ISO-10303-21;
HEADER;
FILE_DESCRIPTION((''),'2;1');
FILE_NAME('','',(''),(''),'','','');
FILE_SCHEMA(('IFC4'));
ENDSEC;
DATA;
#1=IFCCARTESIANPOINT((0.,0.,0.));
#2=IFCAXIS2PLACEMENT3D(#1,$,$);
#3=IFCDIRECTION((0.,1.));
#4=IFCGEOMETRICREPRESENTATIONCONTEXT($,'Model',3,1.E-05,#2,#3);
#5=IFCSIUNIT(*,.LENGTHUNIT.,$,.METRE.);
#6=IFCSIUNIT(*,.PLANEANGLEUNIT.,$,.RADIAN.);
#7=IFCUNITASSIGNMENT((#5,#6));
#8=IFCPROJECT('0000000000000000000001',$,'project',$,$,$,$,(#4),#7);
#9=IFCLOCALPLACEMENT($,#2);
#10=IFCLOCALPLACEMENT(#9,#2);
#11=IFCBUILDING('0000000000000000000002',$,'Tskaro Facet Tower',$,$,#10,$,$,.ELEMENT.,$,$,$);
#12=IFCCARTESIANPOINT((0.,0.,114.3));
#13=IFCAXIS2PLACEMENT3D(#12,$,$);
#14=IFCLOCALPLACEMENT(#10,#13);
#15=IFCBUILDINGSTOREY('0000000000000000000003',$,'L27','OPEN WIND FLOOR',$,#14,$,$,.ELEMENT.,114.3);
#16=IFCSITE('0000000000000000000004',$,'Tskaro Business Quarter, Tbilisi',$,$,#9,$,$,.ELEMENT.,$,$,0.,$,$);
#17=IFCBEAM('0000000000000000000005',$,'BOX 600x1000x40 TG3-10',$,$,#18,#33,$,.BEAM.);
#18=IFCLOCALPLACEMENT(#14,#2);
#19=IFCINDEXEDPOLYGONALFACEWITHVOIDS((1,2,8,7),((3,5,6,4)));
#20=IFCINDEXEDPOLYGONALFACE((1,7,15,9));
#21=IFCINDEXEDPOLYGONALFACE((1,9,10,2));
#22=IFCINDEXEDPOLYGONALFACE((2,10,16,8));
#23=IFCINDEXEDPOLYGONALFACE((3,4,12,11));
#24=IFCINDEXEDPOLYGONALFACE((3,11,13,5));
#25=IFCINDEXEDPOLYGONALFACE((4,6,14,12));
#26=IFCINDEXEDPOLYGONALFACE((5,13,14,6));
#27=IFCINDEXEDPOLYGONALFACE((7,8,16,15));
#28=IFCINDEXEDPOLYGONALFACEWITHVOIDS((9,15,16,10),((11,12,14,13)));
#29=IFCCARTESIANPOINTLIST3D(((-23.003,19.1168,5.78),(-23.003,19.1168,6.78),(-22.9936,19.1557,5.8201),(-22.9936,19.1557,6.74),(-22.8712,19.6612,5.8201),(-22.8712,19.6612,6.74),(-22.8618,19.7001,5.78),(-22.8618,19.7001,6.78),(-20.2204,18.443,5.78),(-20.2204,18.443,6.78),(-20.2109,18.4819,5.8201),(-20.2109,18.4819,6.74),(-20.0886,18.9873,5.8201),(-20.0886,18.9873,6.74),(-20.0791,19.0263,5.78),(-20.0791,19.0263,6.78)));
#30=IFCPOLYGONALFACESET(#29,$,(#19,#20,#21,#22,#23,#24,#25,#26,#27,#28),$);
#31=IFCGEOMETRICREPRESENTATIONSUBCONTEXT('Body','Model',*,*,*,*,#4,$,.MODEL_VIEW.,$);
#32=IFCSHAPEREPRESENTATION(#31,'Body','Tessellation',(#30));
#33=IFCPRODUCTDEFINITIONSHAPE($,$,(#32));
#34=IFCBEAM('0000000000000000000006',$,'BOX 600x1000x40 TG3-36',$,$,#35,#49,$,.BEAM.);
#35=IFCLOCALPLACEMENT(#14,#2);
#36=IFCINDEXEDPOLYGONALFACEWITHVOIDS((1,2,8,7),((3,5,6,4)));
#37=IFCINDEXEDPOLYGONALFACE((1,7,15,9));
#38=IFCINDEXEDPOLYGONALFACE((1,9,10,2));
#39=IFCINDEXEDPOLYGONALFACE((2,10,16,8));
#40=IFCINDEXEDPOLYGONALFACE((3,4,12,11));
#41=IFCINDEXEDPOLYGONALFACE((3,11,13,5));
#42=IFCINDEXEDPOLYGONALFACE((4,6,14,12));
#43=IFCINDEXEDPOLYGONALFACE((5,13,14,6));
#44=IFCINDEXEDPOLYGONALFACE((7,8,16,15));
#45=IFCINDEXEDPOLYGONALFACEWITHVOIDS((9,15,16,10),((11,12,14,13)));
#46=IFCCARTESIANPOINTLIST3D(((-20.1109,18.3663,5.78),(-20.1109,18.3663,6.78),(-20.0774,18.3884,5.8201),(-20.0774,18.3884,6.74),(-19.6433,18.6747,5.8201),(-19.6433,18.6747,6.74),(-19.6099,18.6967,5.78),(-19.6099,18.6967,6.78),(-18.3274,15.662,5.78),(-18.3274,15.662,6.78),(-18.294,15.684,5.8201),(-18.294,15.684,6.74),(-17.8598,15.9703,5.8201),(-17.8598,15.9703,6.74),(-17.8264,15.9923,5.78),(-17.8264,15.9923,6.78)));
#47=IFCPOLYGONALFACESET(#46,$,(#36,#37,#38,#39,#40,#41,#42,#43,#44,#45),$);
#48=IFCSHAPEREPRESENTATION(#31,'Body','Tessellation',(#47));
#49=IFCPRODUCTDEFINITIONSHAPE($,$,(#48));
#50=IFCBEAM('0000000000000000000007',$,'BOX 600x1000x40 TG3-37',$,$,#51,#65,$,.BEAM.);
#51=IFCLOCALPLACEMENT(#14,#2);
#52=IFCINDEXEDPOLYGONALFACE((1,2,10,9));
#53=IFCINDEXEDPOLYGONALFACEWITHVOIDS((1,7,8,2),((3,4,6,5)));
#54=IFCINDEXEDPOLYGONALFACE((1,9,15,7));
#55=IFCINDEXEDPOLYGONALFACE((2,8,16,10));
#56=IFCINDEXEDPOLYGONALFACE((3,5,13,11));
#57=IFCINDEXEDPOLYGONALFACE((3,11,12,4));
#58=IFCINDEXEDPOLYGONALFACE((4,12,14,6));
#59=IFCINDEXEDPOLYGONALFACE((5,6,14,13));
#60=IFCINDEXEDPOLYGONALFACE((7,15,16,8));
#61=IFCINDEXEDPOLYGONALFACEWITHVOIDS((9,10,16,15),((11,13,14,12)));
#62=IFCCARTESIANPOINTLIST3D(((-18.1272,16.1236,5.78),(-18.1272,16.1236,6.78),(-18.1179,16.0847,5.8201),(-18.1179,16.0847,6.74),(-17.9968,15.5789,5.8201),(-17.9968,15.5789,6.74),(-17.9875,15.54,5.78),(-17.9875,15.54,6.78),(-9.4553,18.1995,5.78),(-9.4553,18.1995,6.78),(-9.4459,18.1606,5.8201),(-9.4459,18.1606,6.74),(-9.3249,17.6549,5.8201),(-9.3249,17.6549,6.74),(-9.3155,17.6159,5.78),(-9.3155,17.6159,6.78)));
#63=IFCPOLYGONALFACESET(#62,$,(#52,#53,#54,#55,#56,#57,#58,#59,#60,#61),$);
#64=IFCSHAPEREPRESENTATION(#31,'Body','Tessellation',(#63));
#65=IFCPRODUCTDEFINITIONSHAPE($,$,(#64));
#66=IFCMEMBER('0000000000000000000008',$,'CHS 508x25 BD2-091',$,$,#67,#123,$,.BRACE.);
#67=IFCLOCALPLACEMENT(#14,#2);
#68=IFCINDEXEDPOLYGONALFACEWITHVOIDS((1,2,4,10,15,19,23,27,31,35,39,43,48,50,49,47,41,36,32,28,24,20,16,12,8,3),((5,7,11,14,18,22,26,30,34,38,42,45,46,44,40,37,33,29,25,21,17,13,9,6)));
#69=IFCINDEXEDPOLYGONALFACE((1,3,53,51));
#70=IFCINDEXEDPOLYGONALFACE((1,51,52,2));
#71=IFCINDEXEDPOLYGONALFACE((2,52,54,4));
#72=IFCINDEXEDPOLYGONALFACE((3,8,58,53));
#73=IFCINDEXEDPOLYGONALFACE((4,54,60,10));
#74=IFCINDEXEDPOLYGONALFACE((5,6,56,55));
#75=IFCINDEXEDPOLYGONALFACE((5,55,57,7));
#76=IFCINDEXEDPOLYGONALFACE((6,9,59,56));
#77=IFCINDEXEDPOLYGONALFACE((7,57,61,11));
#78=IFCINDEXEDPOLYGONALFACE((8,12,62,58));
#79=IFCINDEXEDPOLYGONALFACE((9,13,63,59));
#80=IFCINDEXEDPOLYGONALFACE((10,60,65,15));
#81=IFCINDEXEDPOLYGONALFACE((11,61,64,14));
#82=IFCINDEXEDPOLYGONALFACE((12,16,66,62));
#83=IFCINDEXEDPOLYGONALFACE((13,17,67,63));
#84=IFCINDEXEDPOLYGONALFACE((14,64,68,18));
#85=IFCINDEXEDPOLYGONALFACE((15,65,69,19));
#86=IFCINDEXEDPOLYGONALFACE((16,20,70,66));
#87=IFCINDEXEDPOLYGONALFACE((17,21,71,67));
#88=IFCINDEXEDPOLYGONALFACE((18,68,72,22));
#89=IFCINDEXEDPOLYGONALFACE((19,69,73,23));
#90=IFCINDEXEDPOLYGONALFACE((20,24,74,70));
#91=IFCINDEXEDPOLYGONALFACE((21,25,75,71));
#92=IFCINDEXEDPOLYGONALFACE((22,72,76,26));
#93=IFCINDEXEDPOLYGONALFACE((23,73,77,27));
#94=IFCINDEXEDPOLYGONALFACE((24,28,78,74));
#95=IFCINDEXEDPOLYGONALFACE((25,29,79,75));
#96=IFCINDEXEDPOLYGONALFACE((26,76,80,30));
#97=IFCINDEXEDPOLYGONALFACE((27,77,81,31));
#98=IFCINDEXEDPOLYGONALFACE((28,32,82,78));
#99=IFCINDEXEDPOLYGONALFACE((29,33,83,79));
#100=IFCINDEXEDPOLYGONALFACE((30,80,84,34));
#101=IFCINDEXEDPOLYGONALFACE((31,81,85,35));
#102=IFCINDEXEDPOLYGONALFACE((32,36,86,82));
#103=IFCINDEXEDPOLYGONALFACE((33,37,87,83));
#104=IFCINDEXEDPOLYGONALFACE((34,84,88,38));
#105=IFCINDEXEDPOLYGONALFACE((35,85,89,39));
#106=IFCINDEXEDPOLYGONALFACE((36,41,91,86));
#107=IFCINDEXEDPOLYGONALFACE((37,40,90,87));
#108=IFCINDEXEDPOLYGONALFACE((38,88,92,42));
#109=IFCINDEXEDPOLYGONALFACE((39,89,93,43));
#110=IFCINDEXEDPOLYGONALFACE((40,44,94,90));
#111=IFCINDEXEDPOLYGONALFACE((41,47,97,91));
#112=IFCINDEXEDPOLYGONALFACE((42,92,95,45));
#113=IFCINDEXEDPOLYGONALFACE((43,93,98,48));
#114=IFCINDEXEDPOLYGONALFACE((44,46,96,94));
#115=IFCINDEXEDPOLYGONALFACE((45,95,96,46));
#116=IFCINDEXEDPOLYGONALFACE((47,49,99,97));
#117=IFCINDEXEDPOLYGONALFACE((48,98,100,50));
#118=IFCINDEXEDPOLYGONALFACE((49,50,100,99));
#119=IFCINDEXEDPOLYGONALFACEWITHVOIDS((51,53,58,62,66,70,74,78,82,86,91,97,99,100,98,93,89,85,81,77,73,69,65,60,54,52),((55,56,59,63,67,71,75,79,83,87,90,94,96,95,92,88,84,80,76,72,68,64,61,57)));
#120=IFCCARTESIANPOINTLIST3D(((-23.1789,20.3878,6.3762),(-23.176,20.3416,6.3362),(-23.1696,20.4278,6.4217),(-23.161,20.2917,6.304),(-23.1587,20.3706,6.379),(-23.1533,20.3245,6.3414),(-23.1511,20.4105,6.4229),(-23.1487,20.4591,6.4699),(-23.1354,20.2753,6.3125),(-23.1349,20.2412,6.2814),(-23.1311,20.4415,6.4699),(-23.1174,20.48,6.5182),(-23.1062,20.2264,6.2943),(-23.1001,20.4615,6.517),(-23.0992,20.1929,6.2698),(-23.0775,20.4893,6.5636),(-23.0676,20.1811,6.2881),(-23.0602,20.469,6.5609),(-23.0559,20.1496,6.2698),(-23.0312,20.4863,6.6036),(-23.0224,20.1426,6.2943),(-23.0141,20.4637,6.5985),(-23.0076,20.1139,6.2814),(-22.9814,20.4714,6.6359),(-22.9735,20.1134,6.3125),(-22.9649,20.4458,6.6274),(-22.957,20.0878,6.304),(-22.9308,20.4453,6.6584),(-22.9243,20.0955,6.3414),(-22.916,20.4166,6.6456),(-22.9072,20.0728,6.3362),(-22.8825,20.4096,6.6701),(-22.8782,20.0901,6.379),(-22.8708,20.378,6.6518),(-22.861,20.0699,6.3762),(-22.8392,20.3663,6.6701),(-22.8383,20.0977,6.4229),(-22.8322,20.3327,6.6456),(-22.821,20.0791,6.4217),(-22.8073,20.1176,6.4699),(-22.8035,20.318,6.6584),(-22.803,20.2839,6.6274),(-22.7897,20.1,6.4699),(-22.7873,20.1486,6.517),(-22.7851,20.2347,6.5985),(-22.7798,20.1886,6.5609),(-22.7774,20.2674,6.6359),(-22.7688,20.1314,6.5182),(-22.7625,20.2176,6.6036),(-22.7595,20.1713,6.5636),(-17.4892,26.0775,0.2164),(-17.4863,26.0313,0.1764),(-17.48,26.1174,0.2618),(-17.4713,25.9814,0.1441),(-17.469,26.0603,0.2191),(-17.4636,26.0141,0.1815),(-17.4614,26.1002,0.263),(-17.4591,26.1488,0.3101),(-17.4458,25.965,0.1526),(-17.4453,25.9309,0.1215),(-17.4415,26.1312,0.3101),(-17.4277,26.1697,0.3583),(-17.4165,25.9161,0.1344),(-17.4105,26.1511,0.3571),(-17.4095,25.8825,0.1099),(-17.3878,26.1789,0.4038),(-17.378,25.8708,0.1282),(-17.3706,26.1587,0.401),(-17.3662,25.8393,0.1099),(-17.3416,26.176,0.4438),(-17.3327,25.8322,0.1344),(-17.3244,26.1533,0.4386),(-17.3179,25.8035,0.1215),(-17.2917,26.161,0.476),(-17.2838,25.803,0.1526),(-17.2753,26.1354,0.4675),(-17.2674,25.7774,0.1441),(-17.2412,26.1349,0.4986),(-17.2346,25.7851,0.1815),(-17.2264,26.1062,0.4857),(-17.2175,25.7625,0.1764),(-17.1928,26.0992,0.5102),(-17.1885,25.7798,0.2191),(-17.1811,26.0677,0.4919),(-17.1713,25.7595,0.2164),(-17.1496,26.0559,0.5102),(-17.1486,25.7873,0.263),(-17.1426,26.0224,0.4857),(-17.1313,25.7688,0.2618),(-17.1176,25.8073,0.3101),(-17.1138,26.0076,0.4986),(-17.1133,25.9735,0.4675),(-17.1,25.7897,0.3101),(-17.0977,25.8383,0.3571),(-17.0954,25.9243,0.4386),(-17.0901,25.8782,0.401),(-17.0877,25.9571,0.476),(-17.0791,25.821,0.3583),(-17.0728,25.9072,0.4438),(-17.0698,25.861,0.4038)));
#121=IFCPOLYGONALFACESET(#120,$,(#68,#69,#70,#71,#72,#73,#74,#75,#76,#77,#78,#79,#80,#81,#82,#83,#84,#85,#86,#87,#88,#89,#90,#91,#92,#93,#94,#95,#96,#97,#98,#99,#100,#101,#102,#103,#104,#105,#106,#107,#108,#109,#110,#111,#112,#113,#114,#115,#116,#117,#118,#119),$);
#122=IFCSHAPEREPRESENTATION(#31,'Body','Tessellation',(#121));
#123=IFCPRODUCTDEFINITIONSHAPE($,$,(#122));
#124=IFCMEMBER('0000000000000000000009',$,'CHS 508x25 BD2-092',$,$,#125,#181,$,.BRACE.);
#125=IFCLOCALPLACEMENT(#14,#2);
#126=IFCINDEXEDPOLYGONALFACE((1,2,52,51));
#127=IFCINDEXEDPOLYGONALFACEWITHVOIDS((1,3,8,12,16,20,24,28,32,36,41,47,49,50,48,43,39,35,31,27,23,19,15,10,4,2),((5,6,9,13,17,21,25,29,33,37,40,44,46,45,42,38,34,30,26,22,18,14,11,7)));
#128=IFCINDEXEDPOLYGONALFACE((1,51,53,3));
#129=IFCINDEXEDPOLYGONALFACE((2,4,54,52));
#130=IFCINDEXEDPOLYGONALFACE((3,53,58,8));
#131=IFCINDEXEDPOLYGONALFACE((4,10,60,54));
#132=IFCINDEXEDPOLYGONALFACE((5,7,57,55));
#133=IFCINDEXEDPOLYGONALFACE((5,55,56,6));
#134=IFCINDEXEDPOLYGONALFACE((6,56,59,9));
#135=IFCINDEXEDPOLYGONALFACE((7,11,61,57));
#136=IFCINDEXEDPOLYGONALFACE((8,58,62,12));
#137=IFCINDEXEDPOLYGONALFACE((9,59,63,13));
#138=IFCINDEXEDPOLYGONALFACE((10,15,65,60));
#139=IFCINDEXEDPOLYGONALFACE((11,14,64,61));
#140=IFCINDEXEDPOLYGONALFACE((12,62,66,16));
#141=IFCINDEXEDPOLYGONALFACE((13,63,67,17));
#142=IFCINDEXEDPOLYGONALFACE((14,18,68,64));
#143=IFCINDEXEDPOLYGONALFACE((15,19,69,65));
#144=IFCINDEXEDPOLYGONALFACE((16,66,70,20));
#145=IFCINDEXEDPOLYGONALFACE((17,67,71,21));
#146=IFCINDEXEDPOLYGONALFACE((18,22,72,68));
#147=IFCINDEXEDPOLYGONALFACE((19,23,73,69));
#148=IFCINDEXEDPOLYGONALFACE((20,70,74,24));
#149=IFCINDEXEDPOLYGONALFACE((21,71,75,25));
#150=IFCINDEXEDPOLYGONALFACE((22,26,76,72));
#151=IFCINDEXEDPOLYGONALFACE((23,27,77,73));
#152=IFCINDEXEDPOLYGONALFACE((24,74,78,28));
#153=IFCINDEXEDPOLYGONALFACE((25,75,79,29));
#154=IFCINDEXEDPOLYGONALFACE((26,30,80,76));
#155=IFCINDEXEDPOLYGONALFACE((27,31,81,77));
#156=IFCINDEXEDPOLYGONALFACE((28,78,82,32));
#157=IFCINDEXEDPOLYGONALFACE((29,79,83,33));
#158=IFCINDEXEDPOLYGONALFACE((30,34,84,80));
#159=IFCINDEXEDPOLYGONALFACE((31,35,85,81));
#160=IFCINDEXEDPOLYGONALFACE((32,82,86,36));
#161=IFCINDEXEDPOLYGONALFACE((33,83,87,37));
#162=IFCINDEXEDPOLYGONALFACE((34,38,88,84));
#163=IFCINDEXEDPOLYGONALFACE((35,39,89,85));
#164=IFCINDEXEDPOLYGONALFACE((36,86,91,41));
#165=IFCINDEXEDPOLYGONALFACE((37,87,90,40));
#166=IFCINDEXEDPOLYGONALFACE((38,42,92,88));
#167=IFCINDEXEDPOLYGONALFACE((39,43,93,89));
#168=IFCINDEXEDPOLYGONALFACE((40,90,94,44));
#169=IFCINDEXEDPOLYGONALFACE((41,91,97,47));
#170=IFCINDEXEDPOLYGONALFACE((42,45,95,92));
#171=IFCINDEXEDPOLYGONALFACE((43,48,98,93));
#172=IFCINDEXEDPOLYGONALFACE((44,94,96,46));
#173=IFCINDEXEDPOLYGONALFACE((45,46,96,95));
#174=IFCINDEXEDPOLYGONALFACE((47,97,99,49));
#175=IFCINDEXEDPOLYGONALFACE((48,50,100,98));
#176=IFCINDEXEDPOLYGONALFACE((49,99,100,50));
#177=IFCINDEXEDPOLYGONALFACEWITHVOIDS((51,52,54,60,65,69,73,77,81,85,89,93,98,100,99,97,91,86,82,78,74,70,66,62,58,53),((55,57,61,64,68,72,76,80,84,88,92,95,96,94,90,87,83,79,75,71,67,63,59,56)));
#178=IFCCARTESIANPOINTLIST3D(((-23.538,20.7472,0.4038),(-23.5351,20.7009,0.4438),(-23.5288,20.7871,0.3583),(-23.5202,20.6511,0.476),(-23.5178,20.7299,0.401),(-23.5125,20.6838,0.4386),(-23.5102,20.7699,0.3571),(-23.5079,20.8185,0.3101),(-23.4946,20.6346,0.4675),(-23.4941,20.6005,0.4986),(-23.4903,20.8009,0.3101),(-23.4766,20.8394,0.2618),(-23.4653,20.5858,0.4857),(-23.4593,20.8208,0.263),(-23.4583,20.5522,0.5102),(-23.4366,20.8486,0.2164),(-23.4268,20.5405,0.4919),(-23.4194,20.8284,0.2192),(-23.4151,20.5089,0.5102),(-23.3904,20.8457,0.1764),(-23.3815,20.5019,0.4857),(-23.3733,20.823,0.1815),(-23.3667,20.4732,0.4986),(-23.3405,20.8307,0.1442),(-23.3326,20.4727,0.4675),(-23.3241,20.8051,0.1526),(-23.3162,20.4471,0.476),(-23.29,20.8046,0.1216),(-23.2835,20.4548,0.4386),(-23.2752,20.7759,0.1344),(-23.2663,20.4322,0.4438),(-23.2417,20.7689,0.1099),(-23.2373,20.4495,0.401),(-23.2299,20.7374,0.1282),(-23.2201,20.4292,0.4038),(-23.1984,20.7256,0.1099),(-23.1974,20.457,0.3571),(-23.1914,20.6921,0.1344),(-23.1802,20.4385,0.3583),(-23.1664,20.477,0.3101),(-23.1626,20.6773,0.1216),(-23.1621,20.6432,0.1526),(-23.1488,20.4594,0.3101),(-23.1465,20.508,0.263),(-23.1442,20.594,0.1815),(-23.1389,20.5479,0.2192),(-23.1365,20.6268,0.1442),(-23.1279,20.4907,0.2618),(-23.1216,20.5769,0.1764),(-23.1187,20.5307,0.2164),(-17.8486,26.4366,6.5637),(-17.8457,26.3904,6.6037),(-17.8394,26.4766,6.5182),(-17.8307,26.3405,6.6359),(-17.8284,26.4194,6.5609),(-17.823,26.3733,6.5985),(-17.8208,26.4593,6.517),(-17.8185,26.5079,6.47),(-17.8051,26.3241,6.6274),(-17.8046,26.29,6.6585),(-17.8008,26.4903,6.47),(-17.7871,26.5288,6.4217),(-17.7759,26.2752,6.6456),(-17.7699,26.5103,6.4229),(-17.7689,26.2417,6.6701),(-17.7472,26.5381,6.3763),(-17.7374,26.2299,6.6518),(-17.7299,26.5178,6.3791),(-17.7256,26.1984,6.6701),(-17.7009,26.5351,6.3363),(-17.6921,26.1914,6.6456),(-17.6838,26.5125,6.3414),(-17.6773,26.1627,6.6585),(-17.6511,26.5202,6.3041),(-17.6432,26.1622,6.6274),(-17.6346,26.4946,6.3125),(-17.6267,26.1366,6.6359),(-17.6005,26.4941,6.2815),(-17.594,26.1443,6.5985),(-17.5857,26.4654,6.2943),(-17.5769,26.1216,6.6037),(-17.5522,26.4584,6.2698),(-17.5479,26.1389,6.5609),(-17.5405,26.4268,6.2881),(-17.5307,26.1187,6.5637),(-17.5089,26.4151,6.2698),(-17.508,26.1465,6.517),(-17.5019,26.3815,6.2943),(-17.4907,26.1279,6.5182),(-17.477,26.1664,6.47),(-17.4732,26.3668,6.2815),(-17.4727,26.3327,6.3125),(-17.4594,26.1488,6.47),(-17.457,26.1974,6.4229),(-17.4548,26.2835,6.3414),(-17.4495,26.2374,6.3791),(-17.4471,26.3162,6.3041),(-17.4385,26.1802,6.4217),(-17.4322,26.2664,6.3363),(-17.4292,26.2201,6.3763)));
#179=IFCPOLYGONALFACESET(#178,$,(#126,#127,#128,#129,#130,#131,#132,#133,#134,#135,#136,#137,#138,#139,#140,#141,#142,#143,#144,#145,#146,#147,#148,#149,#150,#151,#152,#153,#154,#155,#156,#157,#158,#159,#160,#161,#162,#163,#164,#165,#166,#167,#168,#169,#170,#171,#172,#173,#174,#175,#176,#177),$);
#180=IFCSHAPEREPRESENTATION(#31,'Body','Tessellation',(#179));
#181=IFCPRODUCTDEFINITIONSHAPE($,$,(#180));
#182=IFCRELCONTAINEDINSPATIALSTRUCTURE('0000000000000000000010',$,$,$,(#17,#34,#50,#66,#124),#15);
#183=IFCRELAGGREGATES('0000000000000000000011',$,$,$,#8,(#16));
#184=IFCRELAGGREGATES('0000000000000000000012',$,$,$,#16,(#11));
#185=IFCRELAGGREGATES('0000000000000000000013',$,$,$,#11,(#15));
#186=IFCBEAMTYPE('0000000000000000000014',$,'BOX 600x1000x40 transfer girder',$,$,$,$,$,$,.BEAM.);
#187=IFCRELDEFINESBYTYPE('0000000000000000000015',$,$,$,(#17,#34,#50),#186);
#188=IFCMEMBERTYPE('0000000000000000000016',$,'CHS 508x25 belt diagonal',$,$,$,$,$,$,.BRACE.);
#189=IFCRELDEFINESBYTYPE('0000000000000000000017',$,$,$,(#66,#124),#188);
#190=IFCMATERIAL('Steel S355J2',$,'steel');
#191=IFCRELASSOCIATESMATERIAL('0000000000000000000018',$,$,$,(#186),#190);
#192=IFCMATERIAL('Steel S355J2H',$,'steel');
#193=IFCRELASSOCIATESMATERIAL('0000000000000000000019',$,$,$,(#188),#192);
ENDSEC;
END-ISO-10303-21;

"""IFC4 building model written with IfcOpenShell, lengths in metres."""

from ifc_helpers import new_model, si_unit, direction, frame, origin, origin_2d, place, context, subcontext, project, spatial, hollow_rectangle, hollow_circle, extrude, material, material_profile, profile_set, type_object, element, save


model = new_model("IFC4")

# Units and contexts
model_context = context("Model", 3, precision=1e-05, world=origin(), true_north=direction((0.0, 1.0)))
body_context = subcontext(model_context, "Body", "Model", "MODEL_VIEW")
ifc_project = project(units=[si_unit("LENGTHUNIT", "METRE"), si_unit("PLANEANGLEUNIT", "RADIAN")], contexts=[model_context])

# Site, building, storey
site_placement = place(None, origin())
site = spatial("IfcSite", under=ifc_project, at=site_placement, Name="Tskaro Business Quarter, Tbilisi", CompositionType="ELEMENT", RefElevation=0.0)
building_placement = place(site_placement, origin())
building = spatial("IfcBuilding", under=site, at=building_placement, Name="Tskaro Facet Tower", CompositionType="ELEMENT")
storey_placement = place(building_placement, frame((0.0, 0.0, 114.3)))
storey = spatial("IfcBuildingStorey", under=building, at=storey_placement, Name="L27", Description="OPEN WIND FLOOR", CompositionType="ELEMENT", Elevation=114.3)

# Shared definitions
ifc_material_1 = material(Name="Steel S355J2H", Category="steel")

# Beams
ifc_material_2 = material(Name="Steel S355J2", Category="steel")
ifc_material_profile_1 = material_profile(ifc_material_2, hollow_rectangle(XDim=0.6001, YDim=1.0, WallThickness=0.04, at=origin_2d()), Name="BOX 600x1000x40")
ifc_profile_set_1 = profile_set([ifc_material_profile_1], Name="Steel S355J2")
beam_type_1 = type_object("IfcBeamType", Name="BOX 600x1000x40 transfer girder", PredefinedType="BEAM", material=ifc_profile_set_1)
for number, where, z_axis, x_axis, name in (
    (1, (-22.9324, 19.4084, 6.28), (0.971912, -0.235346, 0.0), (0.235346, 0.971912, 0.0), "BOX 600x1000x40 TG3-10"),
):
    element("IfcBeam", number, at=place(storey_placement, frame(where, z_axis=z_axis, x_axis=x_axis)), inside=storey, type_object=beam_type_1, Name=name, PredefinedType="BEAM", context=body_context, shape_type="SweptSolid", body=[
        extrude(hollow_rectangle(XDim=0.6001, YDim=1.0, WallThickness=0.04, at=origin_2d()), origin(), (0.0, 0.0, 1.0), 2.863),
    ])
beam_1_placement = place(storey_placement, frame((-18.0769, 15.8271, 6.28), z_axis=(-0.550537, 0.834811, 0.0), x_axis=(-0.834811, -0.550537, 0.0)))
element("IfcBeam", 2, at=beam_1_placement, inside=storey, type_object=beam_type_1, Name="BOX 600x1000x40 TG3-36", PredefinedType="BEAM", context=body_context, shape_type="SweptSolid", body=[
    extrude(hollow_rectangle(XDim=0.6001, YDim=1.0, WallThickness=0.04, at=origin_2d()), origin(), (0.0, 0.0, 1.0), 3.2395),
])
beam_2_placement = place(storey_placement, frame((-18.0574, 15.8318, 6.28), z_axis=(0.972523, 0.232809, 0.0), x_axis=(-0.232809, 0.972523, 0.0)))
element("IfcBeam", 3, at=beam_2_placement, inside=storey, type_object=beam_type_1, Name="BOX 600x1000x40 TG3-37", PredefinedType="BEAM", context=body_context, shape_type="SweptSolid", body=[
    extrude(hollow_rectangle(XDim=0.6001, YDim=1.0, WallThickness=0.04, at=origin_2d()), origin(), (0.0, 0.0, 1.0), 8.917),
])

# Members
ifc_material_profile_2 = material_profile(ifc_material_1, hollow_circle(Radius=0.2539, WallThickness=0.0249, at=origin_2d()), Name="CHS 508x25")
ifc_profile_set_2 = profile_set([ifc_material_profile_2], Name="Steel S355J2H")
member_type_1 = type_object("IfcMemberType", Name="CHS 508x25 belt diagonal", PredefinedType="BRACE", material=ifc_profile_set_2)
member_1_placement = place(storey_placement, frame((-17.2795, 25.9692, 0.3101), z_axis=(-0.561469, -0.561469, 0.60787), x_axis=(0.707107, -0.707107, 0.0)))
element("IfcMember", 4, at=member_1_placement, inside=storey, type_object=member_type_1, Name="CHS 508x25 BD2-091", PredefinedType="BRACE", context=body_context, shape_type="SweptSolid", body=[
    extrude(hollow_circle(Radius=0.2539, WallThickness=0.0249, at=origin_2d()), origin(), (0.0, 0.0, 1.0), 10.1335),
])
member_2_placement = place(storey_placement, frame((-17.6389, 26.3284, 6.47), z_axis=(-0.56146, -0.56146, -0.607887), x_axis=(0.707107, -0.707107, 0.0)))
element("IfcMember", 5, at=member_2_placement, inside=storey, type_object=member_type_1, Name="CHS 508x25 BD2-092", PredefinedType="BRACE", context=body_context, shape_type="SweptSolid", body=[
    extrude(hollow_circle(Radius=0.2539, WallThickness=0.0249, at=origin_2d()), origin(), (0.0, 0.0, 1.0), 10.1333),
])

save(model, "model.ifc")
